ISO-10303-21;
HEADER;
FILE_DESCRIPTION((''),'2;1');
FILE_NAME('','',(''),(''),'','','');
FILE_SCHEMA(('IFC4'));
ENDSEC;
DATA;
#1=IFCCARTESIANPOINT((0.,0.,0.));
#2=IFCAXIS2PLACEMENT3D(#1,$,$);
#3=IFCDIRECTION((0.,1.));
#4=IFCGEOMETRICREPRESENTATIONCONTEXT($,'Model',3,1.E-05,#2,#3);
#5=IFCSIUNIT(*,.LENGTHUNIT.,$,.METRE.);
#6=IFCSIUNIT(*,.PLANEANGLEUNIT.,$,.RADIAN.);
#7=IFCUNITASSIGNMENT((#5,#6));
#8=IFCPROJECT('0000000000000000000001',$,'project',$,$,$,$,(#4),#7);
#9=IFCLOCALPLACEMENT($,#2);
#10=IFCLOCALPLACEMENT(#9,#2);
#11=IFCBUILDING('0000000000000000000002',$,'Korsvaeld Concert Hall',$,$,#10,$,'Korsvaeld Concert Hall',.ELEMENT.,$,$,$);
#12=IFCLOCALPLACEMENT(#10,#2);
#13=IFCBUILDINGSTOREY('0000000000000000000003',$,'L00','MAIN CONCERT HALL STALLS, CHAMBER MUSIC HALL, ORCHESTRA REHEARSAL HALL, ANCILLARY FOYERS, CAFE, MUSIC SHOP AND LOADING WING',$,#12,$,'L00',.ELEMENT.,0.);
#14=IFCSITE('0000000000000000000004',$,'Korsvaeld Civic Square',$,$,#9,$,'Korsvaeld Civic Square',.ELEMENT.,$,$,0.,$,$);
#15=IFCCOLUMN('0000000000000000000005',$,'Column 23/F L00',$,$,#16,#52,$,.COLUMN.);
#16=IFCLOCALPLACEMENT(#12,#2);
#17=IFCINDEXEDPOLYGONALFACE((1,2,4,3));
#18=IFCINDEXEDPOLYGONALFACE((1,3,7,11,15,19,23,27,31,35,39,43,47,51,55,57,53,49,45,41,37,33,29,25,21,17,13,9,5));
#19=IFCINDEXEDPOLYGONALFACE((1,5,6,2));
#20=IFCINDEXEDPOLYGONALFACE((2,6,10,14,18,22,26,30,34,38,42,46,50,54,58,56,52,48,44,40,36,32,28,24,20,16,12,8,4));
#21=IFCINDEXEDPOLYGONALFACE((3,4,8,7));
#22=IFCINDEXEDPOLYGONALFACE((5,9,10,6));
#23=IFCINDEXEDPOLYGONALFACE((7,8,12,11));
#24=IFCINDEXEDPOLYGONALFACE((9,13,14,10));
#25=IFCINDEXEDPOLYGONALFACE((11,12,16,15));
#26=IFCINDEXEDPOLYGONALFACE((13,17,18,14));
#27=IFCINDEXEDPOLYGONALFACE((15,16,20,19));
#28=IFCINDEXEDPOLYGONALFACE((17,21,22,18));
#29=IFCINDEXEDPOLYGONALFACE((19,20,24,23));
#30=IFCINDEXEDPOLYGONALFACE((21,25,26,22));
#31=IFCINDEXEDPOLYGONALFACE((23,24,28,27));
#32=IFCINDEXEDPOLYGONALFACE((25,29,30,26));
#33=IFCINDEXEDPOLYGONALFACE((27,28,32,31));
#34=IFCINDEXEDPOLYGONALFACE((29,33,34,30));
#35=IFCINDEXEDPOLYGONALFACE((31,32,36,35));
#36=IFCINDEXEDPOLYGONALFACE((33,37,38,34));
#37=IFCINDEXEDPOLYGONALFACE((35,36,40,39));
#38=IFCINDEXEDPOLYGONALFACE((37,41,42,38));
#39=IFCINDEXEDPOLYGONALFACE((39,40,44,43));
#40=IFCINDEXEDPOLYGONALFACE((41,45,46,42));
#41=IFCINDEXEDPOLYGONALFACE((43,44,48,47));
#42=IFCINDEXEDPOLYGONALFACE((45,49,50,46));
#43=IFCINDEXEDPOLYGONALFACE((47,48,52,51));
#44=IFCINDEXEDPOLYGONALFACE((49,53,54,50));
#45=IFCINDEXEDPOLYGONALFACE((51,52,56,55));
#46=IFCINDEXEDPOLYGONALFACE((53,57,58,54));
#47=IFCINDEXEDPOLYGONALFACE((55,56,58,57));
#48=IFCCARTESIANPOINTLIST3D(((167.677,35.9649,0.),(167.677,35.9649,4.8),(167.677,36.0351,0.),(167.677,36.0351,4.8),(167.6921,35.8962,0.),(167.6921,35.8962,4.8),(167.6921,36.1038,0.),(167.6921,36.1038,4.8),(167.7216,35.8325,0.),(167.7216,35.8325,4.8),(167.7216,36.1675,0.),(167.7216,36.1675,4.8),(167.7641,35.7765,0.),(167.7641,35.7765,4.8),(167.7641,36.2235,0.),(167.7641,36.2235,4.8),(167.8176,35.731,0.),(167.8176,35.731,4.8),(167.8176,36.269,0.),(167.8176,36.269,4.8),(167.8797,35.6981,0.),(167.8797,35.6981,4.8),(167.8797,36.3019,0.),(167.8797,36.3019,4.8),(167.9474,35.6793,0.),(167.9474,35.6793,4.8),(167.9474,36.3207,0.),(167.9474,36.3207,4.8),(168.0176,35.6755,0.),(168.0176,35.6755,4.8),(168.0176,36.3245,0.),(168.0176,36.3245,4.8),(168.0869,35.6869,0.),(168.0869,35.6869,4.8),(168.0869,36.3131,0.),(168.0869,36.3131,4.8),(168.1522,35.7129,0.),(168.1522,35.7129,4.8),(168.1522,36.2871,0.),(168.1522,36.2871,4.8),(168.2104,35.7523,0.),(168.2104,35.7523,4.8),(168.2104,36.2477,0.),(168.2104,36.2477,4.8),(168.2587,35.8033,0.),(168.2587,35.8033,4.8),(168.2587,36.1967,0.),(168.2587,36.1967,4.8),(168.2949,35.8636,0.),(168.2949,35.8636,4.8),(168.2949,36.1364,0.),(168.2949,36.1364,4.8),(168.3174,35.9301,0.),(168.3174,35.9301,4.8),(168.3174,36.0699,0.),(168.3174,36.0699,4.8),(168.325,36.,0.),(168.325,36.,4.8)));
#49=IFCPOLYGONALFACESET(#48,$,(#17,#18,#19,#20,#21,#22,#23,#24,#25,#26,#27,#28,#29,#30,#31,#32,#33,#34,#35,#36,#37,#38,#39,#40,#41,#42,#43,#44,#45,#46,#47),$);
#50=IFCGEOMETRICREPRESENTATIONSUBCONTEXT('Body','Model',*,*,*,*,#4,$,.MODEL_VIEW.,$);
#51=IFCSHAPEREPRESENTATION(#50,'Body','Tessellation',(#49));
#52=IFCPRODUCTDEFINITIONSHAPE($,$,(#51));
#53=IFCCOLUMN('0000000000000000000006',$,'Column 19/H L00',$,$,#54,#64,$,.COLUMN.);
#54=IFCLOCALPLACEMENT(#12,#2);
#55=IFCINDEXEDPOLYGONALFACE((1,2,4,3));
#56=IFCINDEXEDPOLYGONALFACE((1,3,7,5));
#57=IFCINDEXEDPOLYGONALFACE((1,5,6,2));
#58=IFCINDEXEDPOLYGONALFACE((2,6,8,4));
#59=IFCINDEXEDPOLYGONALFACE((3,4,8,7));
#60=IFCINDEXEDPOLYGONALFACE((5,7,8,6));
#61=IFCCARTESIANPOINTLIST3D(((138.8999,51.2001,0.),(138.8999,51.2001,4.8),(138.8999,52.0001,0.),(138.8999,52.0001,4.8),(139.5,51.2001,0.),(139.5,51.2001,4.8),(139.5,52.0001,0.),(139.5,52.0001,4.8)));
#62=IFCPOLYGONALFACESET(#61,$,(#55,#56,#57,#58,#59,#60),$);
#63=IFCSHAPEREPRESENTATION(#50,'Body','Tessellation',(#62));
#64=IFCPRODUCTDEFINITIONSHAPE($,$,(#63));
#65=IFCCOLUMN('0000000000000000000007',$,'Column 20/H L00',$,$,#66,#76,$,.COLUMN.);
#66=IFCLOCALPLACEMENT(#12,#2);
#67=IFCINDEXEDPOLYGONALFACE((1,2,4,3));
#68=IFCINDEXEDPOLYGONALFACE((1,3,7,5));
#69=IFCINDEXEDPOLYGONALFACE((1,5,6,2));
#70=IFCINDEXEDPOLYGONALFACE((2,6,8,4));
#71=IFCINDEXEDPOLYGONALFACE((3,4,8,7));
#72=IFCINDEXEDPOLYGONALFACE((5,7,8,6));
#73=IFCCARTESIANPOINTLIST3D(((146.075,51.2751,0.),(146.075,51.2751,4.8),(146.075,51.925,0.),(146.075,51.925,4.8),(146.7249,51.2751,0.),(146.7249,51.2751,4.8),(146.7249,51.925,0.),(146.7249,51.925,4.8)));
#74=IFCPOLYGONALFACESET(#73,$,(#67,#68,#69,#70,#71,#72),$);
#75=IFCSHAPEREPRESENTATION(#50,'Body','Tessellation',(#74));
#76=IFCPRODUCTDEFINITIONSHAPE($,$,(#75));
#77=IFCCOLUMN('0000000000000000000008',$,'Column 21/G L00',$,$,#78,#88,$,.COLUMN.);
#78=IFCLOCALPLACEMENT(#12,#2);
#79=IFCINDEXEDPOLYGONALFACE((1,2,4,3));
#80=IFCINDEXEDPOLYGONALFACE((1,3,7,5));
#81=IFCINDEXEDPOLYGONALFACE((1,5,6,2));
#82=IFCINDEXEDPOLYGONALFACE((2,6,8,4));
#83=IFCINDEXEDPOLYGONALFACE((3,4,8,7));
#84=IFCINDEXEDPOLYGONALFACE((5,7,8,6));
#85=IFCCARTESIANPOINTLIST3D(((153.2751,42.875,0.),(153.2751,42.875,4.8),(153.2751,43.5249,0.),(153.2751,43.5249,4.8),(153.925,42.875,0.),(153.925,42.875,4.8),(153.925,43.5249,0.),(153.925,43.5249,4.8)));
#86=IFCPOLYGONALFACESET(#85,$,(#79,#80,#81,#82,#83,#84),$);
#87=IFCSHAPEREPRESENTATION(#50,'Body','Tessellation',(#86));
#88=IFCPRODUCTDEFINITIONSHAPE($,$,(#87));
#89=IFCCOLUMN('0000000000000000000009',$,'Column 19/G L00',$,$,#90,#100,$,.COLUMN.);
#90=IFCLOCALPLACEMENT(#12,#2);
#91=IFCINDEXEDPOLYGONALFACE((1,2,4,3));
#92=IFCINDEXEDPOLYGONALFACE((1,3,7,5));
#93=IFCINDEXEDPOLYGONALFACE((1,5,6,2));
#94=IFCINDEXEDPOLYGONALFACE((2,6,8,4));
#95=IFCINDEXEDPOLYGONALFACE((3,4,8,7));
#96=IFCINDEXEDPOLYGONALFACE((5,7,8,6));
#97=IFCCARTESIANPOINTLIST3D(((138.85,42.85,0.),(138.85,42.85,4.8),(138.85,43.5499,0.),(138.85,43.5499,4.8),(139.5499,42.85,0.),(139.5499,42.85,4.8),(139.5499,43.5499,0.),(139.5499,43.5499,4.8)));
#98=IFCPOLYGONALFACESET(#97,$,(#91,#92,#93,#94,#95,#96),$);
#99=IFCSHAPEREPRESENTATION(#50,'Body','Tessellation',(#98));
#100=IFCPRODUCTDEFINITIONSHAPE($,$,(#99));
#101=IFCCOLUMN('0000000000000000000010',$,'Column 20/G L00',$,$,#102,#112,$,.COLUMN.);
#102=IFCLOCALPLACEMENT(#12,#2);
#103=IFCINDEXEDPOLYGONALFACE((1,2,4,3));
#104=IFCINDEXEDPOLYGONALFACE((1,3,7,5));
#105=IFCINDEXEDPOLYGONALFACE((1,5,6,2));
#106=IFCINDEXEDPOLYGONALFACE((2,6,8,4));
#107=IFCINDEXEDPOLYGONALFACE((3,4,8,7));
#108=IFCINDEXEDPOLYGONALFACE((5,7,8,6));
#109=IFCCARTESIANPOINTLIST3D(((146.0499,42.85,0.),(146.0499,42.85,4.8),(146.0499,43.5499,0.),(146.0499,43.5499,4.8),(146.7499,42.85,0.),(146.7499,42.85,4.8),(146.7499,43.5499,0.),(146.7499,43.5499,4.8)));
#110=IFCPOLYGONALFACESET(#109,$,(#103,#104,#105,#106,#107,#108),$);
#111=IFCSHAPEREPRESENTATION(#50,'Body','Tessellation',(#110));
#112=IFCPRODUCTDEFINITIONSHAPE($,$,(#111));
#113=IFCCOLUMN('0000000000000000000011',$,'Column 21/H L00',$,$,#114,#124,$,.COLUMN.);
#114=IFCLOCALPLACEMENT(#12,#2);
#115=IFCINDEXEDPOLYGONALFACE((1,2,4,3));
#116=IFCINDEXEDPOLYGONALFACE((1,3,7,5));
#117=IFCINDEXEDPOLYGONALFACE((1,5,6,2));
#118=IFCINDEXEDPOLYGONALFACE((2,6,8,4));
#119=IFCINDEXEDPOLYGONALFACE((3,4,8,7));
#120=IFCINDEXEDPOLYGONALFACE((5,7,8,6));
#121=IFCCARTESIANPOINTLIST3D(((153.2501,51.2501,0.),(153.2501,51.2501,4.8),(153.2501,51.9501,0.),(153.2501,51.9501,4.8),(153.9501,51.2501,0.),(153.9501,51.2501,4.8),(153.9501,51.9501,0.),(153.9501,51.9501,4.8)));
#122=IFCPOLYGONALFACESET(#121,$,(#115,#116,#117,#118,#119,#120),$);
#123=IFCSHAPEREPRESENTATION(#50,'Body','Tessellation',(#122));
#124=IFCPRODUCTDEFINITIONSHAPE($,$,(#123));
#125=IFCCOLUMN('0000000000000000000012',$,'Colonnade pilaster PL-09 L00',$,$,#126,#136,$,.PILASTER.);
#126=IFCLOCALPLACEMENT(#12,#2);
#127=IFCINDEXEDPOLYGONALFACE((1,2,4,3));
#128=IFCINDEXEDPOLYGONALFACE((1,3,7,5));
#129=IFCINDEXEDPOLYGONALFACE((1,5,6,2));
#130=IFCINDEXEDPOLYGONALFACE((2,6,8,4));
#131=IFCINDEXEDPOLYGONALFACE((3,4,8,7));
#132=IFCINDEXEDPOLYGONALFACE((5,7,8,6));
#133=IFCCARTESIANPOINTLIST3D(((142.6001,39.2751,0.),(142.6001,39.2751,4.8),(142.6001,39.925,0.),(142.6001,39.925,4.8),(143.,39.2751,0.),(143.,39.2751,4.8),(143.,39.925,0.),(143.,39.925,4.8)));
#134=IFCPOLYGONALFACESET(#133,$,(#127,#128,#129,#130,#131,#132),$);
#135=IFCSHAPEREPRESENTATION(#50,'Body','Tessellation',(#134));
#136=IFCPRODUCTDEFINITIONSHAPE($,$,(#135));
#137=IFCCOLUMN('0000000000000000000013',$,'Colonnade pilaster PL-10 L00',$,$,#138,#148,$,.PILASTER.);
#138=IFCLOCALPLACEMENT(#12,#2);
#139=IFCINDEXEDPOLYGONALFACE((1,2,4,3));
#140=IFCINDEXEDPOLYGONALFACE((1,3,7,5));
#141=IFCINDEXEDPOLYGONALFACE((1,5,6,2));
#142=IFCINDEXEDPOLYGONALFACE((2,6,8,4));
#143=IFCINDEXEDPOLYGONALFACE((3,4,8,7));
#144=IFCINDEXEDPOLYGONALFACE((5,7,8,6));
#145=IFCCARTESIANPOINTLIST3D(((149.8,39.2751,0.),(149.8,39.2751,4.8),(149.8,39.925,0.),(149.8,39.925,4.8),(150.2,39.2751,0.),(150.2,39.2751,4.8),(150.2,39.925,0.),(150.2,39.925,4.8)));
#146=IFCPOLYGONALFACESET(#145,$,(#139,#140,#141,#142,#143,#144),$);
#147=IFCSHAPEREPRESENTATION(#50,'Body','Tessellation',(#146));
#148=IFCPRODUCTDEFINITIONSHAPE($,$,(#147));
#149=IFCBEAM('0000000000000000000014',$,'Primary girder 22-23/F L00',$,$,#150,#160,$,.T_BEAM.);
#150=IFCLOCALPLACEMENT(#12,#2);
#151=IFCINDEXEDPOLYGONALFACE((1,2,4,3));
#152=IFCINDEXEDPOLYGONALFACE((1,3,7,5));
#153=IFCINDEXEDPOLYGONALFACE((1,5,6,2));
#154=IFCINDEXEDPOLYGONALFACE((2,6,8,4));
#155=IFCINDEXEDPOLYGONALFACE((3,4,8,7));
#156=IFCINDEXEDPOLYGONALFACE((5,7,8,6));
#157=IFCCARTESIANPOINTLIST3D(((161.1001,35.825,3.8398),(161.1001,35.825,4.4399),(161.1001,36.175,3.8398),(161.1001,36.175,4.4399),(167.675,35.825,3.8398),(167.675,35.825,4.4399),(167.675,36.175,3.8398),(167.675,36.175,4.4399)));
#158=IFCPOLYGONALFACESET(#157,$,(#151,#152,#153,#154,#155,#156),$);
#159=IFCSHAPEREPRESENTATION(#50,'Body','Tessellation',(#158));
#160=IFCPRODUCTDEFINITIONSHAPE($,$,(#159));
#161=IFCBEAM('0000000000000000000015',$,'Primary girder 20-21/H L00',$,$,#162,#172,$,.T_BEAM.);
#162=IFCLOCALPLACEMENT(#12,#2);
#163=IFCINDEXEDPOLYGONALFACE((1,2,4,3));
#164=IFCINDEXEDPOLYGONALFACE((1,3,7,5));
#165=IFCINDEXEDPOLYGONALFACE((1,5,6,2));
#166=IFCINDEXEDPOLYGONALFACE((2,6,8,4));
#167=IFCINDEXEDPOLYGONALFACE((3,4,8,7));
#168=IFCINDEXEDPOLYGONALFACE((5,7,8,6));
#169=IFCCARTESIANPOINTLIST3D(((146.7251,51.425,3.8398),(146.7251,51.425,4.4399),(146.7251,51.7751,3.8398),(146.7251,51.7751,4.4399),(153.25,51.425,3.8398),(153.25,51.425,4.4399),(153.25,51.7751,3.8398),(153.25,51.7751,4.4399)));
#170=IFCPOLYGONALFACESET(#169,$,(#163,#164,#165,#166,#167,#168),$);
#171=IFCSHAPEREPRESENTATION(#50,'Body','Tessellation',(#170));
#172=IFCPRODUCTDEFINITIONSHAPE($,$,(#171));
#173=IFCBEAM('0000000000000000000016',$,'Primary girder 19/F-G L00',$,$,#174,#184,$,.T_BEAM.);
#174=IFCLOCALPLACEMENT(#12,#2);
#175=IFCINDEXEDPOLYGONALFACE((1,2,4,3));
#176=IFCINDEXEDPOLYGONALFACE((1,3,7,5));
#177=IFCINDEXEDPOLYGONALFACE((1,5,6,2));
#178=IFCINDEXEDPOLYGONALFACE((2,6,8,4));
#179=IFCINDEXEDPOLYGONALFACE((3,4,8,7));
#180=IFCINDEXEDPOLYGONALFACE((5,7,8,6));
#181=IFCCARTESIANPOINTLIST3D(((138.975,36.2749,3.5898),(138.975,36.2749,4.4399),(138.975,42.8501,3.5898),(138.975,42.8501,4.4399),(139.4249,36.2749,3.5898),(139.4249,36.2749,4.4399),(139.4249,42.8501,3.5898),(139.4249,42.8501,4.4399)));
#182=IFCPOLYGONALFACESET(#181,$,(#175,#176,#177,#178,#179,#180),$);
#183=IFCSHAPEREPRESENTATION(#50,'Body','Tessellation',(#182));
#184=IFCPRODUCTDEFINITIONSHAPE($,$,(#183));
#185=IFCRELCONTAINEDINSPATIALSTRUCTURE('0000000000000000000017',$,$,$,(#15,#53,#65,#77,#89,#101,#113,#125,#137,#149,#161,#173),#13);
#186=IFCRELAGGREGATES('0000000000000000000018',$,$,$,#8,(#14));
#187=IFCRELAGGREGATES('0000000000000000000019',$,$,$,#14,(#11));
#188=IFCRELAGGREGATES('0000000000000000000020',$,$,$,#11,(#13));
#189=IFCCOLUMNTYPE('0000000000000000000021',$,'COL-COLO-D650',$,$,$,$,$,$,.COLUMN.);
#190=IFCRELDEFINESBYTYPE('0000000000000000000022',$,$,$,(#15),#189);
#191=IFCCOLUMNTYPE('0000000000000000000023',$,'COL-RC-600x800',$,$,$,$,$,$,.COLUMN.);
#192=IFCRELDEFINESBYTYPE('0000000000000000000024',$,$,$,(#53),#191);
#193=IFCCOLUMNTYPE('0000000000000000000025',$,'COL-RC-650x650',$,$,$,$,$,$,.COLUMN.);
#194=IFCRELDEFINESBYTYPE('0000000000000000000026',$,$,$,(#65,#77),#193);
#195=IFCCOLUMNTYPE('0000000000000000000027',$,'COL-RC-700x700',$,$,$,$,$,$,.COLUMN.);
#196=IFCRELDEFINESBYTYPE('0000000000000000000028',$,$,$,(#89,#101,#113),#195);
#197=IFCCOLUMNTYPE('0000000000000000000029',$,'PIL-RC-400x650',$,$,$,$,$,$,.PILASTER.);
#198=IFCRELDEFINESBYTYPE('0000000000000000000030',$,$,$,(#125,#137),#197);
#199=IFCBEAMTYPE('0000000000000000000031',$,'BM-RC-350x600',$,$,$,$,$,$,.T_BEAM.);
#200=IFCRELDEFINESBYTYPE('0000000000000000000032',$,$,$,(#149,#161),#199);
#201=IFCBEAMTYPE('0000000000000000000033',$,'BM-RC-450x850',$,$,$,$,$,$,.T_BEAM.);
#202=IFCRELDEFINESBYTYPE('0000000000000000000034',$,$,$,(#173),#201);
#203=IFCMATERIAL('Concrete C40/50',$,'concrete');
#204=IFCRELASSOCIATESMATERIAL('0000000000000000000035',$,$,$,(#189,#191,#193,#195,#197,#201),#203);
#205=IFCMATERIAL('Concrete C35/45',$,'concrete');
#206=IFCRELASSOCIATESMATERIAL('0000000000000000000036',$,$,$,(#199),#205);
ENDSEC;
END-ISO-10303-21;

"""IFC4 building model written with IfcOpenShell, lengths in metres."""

from ifc_helpers import new_model, si_unit, direction, frame, origin, origin_2d, place, context, subcontext, project, spatial, rectangle, circle, extrude, material, material_profile, profile_set, type_object, element, save


model = new_model("IFC4")

# Units and contexts
model_context = context("Model", 3, precision=1e-05, world=origin(), true_north=direction((0.0, 1.0)))
body_context = subcontext(model_context, "Body", "Model", "MODEL_VIEW")
ifc_project = project(units=[si_unit("LENGTHUNIT", "METRE"), si_unit("PLANEANGLEUNIT", "RADIAN")], contexts=[model_context])

# Site, building, storey
site_placement = place(None, origin())
site = spatial("IfcSite", under=ifc_project, at=site_placement, Name="Korsvaeld Civic Square", LongName="Korsvaeld Civic Square", CompositionType="ELEMENT", RefElevation=0.0)
building_placement = place(site_placement, origin())
building = spatial("IfcBuilding", under=site, at=building_placement, Name="Korsvaeld Concert Hall", LongName="Korsvaeld Concert Hall", CompositionType="ELEMENT")
storey_placement = place(building_placement, origin())
storey = spatial("IfcBuildingStorey", under=building, at=storey_placement, Name="L00", Description="MAIN CONCERT HALL STALLS, CHAMBER MUSIC HALL, ORCHESTRA REHEARSAL HALL, ANCILLARY FOYERS, CAFE, MUSIC SHOP AND LOADING WING", LongName="L00", CompositionType="ELEMENT", Elevation=0.0)

# Columns
ifc_material_1 = material(Name="Concrete C40/50", Category="concrete")
ifc_material_profile_1 = material_profile(ifc_material_1, circle(Radius=0.325, at=origin_2d()), Name="RC D650")
ifc_profile_set_1 = profile_set([ifc_material_profile_1], Name="Concrete C40/50")
column_type_1 = type_object("IfcColumnType", Name="COL-COLO-D650", PredefinedType="COLUMN", material=ifc_profile_set_1)
column_1_placement = place(storey_placement, frame((168.0, 36.0, 0.0), z_axis=(0.0, 0.0, 1.0), x_axis=(1.0, 0.0, 0.0)))
element("IfcColumn", 1, at=column_1_placement, inside=storey, type_object=column_type_1, Name="Column 23/F L00", PredefinedType="COLUMN", context=body_context, shape_type="SweptSolid", body=[
    extrude(circle(Radius=0.325, at=origin_2d()), origin(), (0.0, 0.0, 1.0), 4.8),
])
ifc_material_profile_2 = material_profile(ifc_material_1, rectangle(XDim=0.6001, YDim=0.8, at=origin_2d()), Name="RC 600x800")
ifc_profile_set_2 = profile_set([ifc_material_profile_2], Name="Concrete C40/50")
column_type_2 = type_object("IfcColumnType", Name="COL-RC-600x800", PredefinedType="COLUMN", material=ifc_profile_set_2)
column_2_placement = place(storey_placement, frame((139.2, 51.6001, 0.0), z_axis=(0.0, 0.0, 1.0), x_axis=(1.0, 0.0, 0.0)))
element("IfcColumn", 2, at=column_2_placement, inside=storey, type_object=column_type_2, Name="Column 19/H L00", PredefinedType="COLUMN", context=body_context, shape_type="SweptSolid", body=[
    extrude(rectangle(XDim=0.6001, YDim=0.8, at=origin_2d()), origin(), (0.0, 0.0, 1.0), 4.8),
])
ifc_material_profile_3 = material_profile(ifc_material_1, rectangle(XDim=0.6499, YDim=0.6499, at=origin_2d()), Name="RC 650x650")
ifc_profile_set_3 = profile_set([ifc_material_profile_3], Name="Concrete C40/50")
column_type_3 = type_object("IfcColumnType", Name="COL-RC-650x650", PredefinedType="COLUMN", material=ifc_profile_set_3)
for number, where, z_axis, x_axis, name in (
    (3, (146.3999, 51.6001, 0.0), (0.0, 0.0, 1.0), (1.0, 0.0, 0.0), "Column 20/H L00"),
    (4, (153.6001, 43.2, 0.0), (0.0, 0.0, 1.0), (1.0, 0.0, 0.0), "Column 21/G L00"),
):
    element("IfcColumn", number, at=place(storey_placement, frame(where, z_axis=z_axis, x_axis=x_axis)), inside=storey, type_object=column_type_3, Name=name, PredefinedType="COLUMN", context=body_context, shape_type="SweptSolid", body=[
        extrude(rectangle(XDim=0.6499, YDim=0.6499, at=origin_2d()), origin(), (0.0, 0.0, 1.0), 4.8),
    ])
ifc_material_profile_4 = material_profile(ifc_material_1, rectangle(XDim=0.7, YDim=0.7, at=origin_2d()), Name="RC 700x700")
ifc_profile_set_4 = profile_set([ifc_material_profile_4], Name="Concrete C40/50")
column_type_4 = type_object("IfcColumnType", Name="COL-RC-700x700", PredefinedType="COLUMN", material=ifc_profile_set_4)
for number, where, z_axis, x_axis, name in (
    (5, (139.2, 43.2, 0.0), (0.0, 0.0, 1.0), (1.0, 0.0, 0.0), "Column 19/G L00"),
    (6, (146.3999, 43.2, 0.0), (0.0, 0.0, 1.0), (1.0, 0.0, 0.0), "Column 20/G L00"),
    (7, (153.6001, 51.6001, 0.0), (0.0, 0.0, 1.0), (1.0, 0.0, 0.0), "Column 21/H L00"),
):
    element("IfcColumn", number, at=place(storey_placement, frame(where, z_axis=z_axis, x_axis=x_axis)), inside=storey, type_object=column_type_4, Name=name, PredefinedType="COLUMN", context=body_context, shape_type="SweptSolid", body=[
        extrude(rectangle(XDim=0.7, YDim=0.7, at=origin_2d()), origin(), (0.0, 0.0, 1.0), 4.8),
    ])
ifc_material_profile_5 = material_profile(ifc_material_1, rectangle(XDim=0.3999, YDim=0.6499, at=origin_2d()), Name="RC 400x650")
ifc_profile_set_5 = profile_set([ifc_material_profile_5], Name="Concrete C40/50")
column_type_5 = type_object("IfcColumnType", Name="PIL-RC-400x650", PredefinedType="PILASTER", material=ifc_profile_set_5)
for number, where, z_axis, x_axis, name in (
    (8, (142.8, 39.6001, 0.0), (0.0, 0.0, 1.0), (1.0, 0.0, 0.0), "Colonnade pilaster PL-09 L00"),
    (9, (150.0, 39.6001, 0.0), (0.0, 0.0, 1.0), (1.0, 0.0, 0.0), "Colonnade pilaster PL-10 L00"),
):
    element("IfcColumn", number, at=place(storey_placement, frame(where, z_axis=z_axis, x_axis=x_axis)), inside=storey, type_object=column_type_5, Name=name, PredefinedType="PILASTER", context=body_context, shape_type="SweptSolid", body=[
        extrude(rectangle(XDim=0.3999, YDim=0.6499, at=origin_2d()), origin(), (0.0, 0.0, 1.0), 4.8),
    ])

# Beams
ifc_material_2 = material(Name="Concrete C35/45", Category="concrete")
ifc_material_profile_6 = material_profile(ifc_material_2, rectangle(XDim=0.3501, YDim=0.6001, at=origin_2d()), Name="RC 350x600")
ifc_profile_set_6 = profile_set([ifc_material_profile_6], Name="Concrete C35/45")
beam_type_1 = type_object("IfcBeamType", Name="BM-RC-350x600", PredefinedType="T_BEAM", material=ifc_profile_set_6)
beam_1_placement = place(storey_placement, frame((161.1001, 36.0, 4.1399), z_axis=(1.0, 0.0, 0.0), x_axis=(0.0, 1.0, 0.0)))
element("IfcBeam", 10, at=beam_1_placement, inside=storey, type_object=beam_type_1, Name="Primary girder 22-23/F L00", PredefinedType="T_BEAM", context=body_context, shape_type="SweptSolid", body=[
    extrude(rectangle(XDim=0.3501, YDim=0.6001, at=origin_2d()), origin(), (0.0, 0.0, 1.0), 6.575),
])
beam_2_placement = place(storey_placement, frame((146.7251, 51.6001, 4.1399), z_axis=(1.0, 0.0, 0.0), x_axis=(0.0, 1.0, 0.0)))
element("IfcBeam", 11, at=beam_2_placement, inside=storey, type_object=beam_type_1, Name="Primary girder 20-21/H L00", PredefinedType="T_BEAM", context=body_context, shape_type="SweptSolid", body=[
    extrude(rectangle(XDim=0.3501, YDim=0.6001, at=origin_2d()), origin(), (0.0, 0.0, 1.0), 6.5249),
])
ifc_material_profile_7 = material_profile(ifc_material_1, rectangle(XDim=0.45, YDim=0.8501, at=origin_2d()), Name="RC 450x850")
ifc_profile_set_7 = profile_set([ifc_material_profile_7], Name="Concrete C40/50")
beam_type_2 = type_object("IfcBeamType", Name="BM-RC-450x850", PredefinedType="T_BEAM", material=ifc_profile_set_7)
beam_3_placement = place(storey_placement, frame((139.2, 36.2749, 4.0149), z_axis=(0.0, 1.0, 0.0), x_axis=(-1.0, 0.0, 0.0)))
element("IfcBeam", 12, at=beam_3_placement, inside=storey, type_object=beam_type_2, Name="Primary girder 19/F-G L00", PredefinedType="T_BEAM", context=body_context, shape_type="SweptSolid", body=[
    extrude(rectangle(XDim=0.45, YDim=0.8501, at=origin_2d()), origin(), (0.0, 0.0, 1.0), 6.5752),
])

save(model, "model.ifc")
